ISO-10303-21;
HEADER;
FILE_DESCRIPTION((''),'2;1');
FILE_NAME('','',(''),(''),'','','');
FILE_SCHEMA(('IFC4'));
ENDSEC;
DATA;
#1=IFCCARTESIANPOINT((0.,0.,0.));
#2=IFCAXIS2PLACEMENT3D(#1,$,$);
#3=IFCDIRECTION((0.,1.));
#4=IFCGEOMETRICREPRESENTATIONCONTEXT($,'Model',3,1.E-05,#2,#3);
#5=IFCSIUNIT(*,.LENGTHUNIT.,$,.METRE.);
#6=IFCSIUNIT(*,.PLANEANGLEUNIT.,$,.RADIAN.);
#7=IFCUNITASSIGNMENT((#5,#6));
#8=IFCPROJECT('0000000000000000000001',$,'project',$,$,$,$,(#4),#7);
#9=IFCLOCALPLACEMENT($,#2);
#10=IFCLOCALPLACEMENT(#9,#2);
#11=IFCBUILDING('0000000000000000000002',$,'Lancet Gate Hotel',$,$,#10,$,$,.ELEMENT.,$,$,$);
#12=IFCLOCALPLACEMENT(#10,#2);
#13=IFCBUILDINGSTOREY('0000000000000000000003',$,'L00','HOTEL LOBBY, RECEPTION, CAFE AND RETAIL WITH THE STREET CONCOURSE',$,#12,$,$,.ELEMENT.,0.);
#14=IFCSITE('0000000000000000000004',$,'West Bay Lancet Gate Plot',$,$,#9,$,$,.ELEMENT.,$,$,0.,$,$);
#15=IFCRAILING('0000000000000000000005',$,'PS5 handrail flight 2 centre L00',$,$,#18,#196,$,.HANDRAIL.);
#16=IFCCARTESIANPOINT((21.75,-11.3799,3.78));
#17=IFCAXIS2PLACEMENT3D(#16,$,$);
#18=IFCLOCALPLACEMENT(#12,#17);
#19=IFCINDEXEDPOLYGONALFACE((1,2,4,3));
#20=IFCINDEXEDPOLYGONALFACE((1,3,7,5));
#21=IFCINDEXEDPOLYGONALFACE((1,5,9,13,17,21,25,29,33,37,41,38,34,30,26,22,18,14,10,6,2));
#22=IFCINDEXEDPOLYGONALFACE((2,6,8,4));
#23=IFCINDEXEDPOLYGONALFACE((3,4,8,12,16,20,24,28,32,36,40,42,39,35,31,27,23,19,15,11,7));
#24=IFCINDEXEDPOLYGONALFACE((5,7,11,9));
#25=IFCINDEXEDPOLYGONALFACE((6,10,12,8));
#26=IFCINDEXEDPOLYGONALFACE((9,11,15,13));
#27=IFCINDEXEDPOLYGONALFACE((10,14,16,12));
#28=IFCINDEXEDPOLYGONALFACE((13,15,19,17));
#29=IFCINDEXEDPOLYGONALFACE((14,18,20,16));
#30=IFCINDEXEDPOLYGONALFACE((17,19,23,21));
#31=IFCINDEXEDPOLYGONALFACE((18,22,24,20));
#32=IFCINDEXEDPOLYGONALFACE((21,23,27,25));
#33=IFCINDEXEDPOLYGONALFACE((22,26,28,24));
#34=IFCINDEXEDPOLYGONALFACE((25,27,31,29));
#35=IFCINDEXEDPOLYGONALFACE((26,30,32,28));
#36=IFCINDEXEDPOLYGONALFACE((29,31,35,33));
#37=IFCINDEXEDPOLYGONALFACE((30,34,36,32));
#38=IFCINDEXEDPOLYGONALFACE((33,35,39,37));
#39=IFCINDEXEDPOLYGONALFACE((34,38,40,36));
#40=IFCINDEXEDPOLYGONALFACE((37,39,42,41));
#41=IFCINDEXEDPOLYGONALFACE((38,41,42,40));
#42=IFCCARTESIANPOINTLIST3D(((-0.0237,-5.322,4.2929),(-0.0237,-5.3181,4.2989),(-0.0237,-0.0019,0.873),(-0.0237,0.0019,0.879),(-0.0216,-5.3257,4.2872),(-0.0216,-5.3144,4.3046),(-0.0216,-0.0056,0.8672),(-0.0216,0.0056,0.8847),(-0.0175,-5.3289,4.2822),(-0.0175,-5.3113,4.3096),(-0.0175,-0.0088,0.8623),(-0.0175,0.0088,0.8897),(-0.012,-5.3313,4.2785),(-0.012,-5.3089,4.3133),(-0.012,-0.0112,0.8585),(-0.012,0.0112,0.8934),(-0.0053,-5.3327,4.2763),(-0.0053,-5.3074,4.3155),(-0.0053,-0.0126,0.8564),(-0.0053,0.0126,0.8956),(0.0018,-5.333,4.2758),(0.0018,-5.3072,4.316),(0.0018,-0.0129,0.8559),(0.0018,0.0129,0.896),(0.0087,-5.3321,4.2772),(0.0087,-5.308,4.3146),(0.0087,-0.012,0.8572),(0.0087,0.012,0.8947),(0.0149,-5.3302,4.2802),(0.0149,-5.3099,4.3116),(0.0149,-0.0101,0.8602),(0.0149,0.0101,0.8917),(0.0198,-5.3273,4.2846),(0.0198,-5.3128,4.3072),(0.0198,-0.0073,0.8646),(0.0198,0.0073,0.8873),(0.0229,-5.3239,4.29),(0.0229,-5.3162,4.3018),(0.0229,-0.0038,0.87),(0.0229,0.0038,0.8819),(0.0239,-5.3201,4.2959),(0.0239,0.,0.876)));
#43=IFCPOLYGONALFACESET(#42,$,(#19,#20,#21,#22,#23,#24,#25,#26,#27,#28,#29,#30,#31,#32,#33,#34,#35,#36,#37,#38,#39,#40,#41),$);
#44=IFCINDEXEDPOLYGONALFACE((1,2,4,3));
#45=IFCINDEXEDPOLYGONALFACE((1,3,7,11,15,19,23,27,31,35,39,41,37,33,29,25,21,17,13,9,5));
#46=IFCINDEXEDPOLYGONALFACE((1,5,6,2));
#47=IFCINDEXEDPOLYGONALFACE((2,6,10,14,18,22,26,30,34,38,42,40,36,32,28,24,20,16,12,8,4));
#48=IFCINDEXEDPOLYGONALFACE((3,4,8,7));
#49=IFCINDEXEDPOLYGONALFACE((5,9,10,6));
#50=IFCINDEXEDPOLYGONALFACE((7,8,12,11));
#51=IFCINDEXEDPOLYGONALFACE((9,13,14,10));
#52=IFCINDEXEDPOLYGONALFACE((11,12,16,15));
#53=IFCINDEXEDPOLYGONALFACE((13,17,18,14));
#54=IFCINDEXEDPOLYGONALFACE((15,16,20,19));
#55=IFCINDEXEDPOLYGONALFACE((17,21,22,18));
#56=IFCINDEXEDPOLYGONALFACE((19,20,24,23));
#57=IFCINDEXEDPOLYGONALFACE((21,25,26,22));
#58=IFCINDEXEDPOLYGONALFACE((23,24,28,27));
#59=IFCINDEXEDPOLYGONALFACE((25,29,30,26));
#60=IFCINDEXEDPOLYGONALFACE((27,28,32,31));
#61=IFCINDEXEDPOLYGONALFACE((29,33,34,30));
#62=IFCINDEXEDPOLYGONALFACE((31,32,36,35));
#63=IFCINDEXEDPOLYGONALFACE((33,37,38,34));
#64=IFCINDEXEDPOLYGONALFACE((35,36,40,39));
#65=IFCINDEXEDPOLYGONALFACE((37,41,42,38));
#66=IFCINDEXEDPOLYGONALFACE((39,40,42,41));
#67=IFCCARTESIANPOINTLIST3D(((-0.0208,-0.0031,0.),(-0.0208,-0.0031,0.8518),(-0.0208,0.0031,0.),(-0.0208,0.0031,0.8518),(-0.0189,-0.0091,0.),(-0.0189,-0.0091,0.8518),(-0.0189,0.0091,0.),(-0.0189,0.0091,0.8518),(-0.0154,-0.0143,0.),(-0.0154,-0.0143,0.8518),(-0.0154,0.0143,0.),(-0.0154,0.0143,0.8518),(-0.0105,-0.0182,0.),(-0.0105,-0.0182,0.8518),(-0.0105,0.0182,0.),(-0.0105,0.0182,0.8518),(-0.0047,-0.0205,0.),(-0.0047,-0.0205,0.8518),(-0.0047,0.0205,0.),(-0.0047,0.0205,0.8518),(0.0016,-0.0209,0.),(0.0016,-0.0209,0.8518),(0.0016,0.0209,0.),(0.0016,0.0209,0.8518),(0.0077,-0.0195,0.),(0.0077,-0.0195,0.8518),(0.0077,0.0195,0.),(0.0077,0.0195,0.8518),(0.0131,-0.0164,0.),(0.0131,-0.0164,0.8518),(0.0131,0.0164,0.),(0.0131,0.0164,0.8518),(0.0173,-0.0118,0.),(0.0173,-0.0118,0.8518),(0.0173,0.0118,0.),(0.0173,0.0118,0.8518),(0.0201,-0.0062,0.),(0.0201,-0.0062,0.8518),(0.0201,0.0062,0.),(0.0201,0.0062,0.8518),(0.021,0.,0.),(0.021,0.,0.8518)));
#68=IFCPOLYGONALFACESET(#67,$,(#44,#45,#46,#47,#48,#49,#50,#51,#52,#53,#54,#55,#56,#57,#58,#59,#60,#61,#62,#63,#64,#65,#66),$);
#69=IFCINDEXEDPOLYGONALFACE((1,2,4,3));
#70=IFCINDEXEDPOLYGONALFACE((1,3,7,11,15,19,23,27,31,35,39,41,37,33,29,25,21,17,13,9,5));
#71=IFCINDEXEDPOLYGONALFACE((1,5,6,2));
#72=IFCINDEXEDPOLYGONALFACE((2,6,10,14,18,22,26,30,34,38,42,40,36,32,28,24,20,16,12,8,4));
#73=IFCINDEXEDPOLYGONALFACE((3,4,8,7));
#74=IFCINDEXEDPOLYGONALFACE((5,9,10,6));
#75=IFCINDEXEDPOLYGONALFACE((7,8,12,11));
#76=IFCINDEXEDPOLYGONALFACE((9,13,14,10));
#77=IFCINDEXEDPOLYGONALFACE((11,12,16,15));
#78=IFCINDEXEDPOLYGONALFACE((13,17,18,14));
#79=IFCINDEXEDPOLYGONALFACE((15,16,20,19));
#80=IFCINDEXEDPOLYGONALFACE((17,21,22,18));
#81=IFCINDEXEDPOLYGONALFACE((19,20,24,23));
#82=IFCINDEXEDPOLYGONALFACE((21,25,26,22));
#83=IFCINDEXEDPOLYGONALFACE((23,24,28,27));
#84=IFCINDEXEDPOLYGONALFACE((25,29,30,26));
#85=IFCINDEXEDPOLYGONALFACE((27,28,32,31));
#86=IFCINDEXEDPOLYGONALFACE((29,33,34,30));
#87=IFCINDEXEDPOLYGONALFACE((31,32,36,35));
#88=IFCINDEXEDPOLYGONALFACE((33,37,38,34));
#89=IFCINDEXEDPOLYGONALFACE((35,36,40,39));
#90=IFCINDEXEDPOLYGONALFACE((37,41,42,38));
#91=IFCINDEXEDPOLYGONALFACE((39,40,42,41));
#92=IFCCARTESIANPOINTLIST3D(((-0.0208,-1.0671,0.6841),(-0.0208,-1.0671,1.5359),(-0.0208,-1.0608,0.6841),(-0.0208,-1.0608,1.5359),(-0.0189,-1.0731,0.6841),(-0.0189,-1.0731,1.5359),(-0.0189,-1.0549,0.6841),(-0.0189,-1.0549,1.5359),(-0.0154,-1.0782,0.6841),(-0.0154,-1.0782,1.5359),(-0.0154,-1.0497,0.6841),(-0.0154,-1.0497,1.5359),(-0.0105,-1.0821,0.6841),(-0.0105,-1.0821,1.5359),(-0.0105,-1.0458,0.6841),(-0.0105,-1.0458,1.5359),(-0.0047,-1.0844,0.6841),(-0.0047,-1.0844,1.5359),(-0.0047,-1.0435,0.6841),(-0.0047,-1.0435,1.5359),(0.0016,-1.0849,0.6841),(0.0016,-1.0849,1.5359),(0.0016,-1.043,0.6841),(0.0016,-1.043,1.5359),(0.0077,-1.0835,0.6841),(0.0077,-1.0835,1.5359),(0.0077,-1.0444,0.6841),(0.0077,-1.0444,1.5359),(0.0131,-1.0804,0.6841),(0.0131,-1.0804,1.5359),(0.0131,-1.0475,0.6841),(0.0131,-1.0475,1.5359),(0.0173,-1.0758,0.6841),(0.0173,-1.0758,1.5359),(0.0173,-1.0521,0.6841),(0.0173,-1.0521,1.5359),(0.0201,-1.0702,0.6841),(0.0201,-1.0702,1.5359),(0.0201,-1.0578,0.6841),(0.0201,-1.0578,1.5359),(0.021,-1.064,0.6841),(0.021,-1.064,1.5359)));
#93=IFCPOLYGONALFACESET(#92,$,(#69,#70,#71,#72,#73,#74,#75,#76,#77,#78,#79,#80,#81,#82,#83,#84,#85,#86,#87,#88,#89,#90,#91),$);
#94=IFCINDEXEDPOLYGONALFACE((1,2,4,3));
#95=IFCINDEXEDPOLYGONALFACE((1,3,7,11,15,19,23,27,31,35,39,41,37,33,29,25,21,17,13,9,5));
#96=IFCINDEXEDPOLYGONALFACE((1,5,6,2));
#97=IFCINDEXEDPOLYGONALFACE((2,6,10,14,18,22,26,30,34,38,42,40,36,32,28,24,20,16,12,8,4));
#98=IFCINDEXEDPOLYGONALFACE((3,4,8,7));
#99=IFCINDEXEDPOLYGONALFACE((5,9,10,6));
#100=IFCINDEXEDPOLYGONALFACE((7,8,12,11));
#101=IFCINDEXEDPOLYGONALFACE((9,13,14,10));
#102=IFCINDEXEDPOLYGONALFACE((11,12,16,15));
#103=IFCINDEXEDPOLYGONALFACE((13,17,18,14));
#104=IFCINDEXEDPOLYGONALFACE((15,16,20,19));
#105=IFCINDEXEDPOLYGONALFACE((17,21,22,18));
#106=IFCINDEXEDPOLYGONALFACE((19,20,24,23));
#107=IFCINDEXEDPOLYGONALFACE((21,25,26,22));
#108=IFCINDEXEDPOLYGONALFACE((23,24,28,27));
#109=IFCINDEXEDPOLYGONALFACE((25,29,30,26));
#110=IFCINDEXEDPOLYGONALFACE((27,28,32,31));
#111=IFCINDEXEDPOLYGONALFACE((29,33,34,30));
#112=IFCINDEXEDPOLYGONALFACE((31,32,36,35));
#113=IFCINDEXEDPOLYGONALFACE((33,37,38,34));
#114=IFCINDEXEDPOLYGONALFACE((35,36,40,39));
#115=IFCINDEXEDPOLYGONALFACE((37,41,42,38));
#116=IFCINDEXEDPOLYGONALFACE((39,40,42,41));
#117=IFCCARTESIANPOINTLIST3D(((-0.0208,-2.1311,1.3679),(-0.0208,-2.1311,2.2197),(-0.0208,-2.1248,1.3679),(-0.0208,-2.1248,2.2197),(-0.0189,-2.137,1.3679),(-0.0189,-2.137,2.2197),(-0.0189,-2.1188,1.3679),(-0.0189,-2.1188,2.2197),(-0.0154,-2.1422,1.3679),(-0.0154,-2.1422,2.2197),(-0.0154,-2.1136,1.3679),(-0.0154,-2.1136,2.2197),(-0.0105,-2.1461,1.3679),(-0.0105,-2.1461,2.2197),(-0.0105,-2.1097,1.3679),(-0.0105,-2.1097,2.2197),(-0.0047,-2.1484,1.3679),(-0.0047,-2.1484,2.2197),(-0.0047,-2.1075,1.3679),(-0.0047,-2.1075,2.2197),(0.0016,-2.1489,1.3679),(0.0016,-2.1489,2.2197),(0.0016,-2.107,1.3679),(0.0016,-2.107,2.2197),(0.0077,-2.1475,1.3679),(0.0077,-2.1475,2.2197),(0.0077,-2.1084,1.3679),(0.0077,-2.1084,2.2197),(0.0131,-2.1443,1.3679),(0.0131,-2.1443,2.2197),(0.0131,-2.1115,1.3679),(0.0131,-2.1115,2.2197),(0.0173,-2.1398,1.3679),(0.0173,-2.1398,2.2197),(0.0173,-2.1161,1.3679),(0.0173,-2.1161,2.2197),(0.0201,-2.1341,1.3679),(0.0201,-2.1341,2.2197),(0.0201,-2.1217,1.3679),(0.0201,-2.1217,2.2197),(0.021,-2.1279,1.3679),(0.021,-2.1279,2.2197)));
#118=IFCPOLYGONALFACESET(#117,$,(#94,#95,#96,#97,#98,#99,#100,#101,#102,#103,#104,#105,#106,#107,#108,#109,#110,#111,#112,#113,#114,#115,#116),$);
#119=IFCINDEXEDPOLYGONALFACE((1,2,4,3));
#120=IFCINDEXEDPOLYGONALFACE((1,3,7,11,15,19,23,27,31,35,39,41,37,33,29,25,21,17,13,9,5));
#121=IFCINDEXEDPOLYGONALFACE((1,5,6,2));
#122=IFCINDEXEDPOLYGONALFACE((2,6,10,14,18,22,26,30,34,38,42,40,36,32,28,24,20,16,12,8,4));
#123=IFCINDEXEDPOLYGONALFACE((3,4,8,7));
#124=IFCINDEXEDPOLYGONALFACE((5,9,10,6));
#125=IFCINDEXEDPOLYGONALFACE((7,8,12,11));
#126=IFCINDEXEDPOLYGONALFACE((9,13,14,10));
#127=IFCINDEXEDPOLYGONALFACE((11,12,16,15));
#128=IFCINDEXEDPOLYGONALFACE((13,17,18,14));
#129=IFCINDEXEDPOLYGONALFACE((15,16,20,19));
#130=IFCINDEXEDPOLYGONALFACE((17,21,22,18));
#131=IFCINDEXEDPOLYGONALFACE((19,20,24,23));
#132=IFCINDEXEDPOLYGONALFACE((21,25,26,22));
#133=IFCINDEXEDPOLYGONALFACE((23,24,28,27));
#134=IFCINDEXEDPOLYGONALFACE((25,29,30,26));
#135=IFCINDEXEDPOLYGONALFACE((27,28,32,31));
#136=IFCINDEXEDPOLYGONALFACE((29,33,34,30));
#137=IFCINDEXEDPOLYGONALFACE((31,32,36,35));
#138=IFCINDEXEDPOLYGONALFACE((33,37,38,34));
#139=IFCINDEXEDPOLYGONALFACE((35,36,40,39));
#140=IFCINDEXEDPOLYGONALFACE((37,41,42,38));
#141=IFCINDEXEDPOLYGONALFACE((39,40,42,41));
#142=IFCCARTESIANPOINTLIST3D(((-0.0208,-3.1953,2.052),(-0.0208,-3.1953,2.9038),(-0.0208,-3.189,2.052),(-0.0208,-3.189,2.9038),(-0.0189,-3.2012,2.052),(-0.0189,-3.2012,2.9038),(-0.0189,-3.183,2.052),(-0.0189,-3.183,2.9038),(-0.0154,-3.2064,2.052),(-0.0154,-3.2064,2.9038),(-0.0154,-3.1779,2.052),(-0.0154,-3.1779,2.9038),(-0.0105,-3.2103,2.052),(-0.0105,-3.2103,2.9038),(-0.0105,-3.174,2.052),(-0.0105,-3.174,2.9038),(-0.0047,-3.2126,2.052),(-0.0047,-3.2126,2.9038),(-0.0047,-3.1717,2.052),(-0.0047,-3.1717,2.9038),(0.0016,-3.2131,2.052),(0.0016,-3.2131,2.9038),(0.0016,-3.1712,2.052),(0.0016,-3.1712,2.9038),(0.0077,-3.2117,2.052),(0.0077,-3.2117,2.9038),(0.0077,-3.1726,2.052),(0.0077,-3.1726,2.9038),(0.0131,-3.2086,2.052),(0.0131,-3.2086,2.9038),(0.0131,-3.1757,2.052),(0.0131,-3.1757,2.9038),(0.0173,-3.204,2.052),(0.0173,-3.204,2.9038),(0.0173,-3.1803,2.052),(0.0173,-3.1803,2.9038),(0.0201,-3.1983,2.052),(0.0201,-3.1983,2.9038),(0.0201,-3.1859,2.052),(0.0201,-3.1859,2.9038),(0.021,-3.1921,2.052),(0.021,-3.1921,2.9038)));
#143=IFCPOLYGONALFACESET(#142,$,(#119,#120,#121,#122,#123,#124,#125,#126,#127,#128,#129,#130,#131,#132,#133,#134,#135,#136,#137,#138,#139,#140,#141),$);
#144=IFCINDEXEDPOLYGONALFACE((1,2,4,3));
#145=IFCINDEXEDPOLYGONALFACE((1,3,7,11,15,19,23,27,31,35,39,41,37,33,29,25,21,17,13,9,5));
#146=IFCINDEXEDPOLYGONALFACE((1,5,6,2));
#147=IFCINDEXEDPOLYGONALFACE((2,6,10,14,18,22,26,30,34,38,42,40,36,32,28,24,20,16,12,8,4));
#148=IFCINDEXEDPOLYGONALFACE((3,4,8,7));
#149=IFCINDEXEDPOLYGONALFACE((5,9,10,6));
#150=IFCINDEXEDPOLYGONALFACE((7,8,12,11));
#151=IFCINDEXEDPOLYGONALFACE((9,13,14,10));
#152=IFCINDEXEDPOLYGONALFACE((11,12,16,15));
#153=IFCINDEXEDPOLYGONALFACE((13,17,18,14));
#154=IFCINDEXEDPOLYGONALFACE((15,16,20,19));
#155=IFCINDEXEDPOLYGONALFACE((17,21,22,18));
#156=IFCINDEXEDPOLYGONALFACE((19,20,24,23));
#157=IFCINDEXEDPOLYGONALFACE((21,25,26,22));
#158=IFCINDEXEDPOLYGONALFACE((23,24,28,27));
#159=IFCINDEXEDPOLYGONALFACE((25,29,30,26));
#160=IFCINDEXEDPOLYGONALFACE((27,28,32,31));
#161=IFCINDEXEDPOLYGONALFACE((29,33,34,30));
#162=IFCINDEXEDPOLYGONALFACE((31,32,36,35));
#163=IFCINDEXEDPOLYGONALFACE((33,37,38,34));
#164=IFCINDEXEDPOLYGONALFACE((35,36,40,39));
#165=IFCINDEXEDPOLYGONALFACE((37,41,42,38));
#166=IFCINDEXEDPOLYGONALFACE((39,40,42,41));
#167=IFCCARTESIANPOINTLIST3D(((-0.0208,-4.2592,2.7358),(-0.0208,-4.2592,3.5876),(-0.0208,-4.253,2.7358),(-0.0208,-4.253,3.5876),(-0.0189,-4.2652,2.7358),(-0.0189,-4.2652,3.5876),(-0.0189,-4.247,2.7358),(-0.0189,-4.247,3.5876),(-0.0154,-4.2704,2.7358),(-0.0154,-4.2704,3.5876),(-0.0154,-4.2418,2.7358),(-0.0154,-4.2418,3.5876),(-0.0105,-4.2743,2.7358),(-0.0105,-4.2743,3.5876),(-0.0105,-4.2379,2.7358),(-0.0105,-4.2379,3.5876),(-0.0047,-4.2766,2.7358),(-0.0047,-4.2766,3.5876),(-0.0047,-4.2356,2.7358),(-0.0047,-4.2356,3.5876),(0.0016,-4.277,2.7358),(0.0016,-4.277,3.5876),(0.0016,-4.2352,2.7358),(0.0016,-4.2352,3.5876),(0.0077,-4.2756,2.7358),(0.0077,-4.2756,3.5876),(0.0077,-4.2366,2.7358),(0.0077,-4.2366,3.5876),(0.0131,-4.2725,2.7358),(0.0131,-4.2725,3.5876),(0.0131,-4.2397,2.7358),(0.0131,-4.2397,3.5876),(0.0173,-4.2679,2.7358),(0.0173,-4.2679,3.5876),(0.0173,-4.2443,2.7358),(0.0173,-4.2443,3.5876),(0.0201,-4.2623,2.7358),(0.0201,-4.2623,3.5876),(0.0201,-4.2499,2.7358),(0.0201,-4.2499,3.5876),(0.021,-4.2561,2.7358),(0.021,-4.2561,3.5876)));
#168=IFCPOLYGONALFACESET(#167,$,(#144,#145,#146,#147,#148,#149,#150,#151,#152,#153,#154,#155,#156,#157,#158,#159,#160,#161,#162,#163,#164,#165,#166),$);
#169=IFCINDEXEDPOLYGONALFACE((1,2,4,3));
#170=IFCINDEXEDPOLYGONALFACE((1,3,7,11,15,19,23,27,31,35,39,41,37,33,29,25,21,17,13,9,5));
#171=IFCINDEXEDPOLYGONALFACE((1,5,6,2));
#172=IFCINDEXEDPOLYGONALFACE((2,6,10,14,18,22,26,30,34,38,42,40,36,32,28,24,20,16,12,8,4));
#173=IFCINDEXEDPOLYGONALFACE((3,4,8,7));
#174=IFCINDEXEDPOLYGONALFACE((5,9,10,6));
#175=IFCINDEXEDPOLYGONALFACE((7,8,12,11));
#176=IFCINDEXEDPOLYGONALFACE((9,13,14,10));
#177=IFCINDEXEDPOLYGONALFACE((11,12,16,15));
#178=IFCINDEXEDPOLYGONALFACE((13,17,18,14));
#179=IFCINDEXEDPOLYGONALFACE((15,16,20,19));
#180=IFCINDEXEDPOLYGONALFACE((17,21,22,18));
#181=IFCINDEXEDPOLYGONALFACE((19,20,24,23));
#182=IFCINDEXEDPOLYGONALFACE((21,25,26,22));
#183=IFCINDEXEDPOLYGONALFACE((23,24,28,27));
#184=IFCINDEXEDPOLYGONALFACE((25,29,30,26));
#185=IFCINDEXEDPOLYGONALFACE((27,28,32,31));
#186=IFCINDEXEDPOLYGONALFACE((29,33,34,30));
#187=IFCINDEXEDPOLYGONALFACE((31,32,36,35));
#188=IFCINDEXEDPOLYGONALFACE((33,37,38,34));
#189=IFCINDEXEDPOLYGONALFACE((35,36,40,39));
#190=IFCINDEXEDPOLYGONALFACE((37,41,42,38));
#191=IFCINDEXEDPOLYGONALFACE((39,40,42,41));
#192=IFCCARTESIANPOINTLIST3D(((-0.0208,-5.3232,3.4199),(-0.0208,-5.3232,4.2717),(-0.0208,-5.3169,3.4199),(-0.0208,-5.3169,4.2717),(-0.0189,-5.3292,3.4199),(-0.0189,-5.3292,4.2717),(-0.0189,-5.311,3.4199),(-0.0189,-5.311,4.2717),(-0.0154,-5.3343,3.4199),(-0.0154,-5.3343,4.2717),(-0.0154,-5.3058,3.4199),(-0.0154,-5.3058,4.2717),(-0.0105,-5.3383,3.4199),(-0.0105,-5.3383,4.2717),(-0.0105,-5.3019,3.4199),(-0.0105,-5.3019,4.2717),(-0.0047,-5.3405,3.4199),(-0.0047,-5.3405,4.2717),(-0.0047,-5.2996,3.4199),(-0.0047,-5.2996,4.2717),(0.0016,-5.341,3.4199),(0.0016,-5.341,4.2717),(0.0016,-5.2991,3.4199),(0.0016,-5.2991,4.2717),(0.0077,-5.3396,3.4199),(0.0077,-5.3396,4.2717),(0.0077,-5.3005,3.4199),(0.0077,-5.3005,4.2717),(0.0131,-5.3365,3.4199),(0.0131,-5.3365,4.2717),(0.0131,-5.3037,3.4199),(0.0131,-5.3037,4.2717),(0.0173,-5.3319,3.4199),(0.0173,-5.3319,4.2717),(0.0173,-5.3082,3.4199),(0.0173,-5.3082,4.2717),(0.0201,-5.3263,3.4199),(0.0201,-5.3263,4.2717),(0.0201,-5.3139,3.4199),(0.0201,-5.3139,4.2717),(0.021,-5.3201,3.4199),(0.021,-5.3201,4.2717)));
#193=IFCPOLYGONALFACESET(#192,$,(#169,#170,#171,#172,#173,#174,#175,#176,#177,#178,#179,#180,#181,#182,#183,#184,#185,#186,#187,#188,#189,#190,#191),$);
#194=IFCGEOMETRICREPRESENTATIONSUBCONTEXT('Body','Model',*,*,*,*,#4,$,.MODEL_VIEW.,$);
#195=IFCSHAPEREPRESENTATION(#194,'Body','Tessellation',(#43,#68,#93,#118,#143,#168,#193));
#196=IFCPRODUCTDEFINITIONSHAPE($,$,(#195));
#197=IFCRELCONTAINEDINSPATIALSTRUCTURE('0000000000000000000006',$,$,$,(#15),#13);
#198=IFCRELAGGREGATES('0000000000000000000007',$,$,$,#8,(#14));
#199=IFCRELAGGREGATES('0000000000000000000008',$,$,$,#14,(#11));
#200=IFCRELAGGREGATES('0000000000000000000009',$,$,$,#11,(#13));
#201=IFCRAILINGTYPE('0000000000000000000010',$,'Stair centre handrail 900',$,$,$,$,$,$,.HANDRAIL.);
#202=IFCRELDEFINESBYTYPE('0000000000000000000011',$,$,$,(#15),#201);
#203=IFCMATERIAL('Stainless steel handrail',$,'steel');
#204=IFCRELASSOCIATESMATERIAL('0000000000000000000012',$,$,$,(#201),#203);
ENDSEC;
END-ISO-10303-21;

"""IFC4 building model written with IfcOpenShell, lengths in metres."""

from ifc_helpers import new_model, si_unit, direction, frame, origin, origin_2d, place, context, subcontext, project, spatial, circle, extrude, material, type_object, element, save


model = new_model("IFC4")

# Units and contexts
model_context = context("Model", 3, precision=1e-05, world=origin(), true_north=direction((0.0, 1.0)))
body_context = subcontext(model_context, "Body", "Model", "MODEL_VIEW")
ifc_project = project(units=[si_unit("LENGTHUNIT", "METRE"), si_unit("PLANEANGLEUNIT", "RADIAN")], contexts=[model_context])

# Site, building, storey
site_placement = place(None, origin())
site = spatial("IfcSite", under=ifc_project, at=site_placement, Name="West Bay Lancet Gate Plot", CompositionType="ELEMENT", RefElevation=0.0)
building_placement = place(site_placement, origin())
building = spatial("IfcBuilding", under=site, at=building_placement, Name="Lancet Gate Hotel", CompositionType="ELEMENT")
storey_placement = place(building_placement, origin())
storey = spatial("IfcBuildingStorey", under=building, at=storey_placement, Name="L00", Description="HOTEL LOBBY, RECEPTION, CAFE AND RETAIL WITH THE STREET CONCOURSE", CompositionType="ELEMENT", Elevation=0.0)

# Railing
ifc_material_1 = material(Name="Stainless steel handrail", Category="steel")
railing_type_1 = type_object("IfcRailingType", Name="Stair centre handrail 900", PredefinedType="HANDRAIL", material=ifc_material_1)
railing_1_placement = place(storey_placement, frame((21.75, -11.3799, 3.78)))
element("IfcRailing", 1, at=railing_1_placement, inside=storey, type_object=railing_type_1, Name="PS5 handrail flight 2 centre L00", PredefinedType="HANDRAIL", context=body_context, shape_type="SweptSolid", body=[
    extrude(circle(Radius=0.0239, at=origin_2d()), frame((0.0, 0.0, 0.876), z_axis=(0.0, -0.841187, 0.540744), x_axis=(1.0, 0.0, 0.0)), (0.0, 0.0, 1.0), 6.3245),
    extrude(circle(Radius=0.021, at=origin_2d()), origin(), (0.0, 0.0, 1.0), 0.8518),
    extrude(circle(Radius=0.021, at=origin_2d()), frame((0.0, -1.064, 0.6841)), (0.0, 0.0, 1.0), 0.8518),
    extrude(circle(Radius=0.021, at=origin_2d()), frame((0.0, -2.1279, 1.3679)), (0.0, 0.0, 1.0), 0.8518),
    extrude(circle(Radius=0.021, at=origin_2d()), frame((0.0, -3.1921, 2.052)), (0.0, 0.0, 1.0), 0.8518),
    extrude(circle(Radius=0.021, at=origin_2d()), frame((0.0, -4.2561, 2.7358)), (0.0, 0.0, 1.0), 0.8518),
    extrude(circle(Radius=0.021, at=origin_2d()), frame((0.0, -5.3201, 3.4199)), (0.0, 0.0, 1.0), 0.8518),
])

save(model, "model.ifc")
